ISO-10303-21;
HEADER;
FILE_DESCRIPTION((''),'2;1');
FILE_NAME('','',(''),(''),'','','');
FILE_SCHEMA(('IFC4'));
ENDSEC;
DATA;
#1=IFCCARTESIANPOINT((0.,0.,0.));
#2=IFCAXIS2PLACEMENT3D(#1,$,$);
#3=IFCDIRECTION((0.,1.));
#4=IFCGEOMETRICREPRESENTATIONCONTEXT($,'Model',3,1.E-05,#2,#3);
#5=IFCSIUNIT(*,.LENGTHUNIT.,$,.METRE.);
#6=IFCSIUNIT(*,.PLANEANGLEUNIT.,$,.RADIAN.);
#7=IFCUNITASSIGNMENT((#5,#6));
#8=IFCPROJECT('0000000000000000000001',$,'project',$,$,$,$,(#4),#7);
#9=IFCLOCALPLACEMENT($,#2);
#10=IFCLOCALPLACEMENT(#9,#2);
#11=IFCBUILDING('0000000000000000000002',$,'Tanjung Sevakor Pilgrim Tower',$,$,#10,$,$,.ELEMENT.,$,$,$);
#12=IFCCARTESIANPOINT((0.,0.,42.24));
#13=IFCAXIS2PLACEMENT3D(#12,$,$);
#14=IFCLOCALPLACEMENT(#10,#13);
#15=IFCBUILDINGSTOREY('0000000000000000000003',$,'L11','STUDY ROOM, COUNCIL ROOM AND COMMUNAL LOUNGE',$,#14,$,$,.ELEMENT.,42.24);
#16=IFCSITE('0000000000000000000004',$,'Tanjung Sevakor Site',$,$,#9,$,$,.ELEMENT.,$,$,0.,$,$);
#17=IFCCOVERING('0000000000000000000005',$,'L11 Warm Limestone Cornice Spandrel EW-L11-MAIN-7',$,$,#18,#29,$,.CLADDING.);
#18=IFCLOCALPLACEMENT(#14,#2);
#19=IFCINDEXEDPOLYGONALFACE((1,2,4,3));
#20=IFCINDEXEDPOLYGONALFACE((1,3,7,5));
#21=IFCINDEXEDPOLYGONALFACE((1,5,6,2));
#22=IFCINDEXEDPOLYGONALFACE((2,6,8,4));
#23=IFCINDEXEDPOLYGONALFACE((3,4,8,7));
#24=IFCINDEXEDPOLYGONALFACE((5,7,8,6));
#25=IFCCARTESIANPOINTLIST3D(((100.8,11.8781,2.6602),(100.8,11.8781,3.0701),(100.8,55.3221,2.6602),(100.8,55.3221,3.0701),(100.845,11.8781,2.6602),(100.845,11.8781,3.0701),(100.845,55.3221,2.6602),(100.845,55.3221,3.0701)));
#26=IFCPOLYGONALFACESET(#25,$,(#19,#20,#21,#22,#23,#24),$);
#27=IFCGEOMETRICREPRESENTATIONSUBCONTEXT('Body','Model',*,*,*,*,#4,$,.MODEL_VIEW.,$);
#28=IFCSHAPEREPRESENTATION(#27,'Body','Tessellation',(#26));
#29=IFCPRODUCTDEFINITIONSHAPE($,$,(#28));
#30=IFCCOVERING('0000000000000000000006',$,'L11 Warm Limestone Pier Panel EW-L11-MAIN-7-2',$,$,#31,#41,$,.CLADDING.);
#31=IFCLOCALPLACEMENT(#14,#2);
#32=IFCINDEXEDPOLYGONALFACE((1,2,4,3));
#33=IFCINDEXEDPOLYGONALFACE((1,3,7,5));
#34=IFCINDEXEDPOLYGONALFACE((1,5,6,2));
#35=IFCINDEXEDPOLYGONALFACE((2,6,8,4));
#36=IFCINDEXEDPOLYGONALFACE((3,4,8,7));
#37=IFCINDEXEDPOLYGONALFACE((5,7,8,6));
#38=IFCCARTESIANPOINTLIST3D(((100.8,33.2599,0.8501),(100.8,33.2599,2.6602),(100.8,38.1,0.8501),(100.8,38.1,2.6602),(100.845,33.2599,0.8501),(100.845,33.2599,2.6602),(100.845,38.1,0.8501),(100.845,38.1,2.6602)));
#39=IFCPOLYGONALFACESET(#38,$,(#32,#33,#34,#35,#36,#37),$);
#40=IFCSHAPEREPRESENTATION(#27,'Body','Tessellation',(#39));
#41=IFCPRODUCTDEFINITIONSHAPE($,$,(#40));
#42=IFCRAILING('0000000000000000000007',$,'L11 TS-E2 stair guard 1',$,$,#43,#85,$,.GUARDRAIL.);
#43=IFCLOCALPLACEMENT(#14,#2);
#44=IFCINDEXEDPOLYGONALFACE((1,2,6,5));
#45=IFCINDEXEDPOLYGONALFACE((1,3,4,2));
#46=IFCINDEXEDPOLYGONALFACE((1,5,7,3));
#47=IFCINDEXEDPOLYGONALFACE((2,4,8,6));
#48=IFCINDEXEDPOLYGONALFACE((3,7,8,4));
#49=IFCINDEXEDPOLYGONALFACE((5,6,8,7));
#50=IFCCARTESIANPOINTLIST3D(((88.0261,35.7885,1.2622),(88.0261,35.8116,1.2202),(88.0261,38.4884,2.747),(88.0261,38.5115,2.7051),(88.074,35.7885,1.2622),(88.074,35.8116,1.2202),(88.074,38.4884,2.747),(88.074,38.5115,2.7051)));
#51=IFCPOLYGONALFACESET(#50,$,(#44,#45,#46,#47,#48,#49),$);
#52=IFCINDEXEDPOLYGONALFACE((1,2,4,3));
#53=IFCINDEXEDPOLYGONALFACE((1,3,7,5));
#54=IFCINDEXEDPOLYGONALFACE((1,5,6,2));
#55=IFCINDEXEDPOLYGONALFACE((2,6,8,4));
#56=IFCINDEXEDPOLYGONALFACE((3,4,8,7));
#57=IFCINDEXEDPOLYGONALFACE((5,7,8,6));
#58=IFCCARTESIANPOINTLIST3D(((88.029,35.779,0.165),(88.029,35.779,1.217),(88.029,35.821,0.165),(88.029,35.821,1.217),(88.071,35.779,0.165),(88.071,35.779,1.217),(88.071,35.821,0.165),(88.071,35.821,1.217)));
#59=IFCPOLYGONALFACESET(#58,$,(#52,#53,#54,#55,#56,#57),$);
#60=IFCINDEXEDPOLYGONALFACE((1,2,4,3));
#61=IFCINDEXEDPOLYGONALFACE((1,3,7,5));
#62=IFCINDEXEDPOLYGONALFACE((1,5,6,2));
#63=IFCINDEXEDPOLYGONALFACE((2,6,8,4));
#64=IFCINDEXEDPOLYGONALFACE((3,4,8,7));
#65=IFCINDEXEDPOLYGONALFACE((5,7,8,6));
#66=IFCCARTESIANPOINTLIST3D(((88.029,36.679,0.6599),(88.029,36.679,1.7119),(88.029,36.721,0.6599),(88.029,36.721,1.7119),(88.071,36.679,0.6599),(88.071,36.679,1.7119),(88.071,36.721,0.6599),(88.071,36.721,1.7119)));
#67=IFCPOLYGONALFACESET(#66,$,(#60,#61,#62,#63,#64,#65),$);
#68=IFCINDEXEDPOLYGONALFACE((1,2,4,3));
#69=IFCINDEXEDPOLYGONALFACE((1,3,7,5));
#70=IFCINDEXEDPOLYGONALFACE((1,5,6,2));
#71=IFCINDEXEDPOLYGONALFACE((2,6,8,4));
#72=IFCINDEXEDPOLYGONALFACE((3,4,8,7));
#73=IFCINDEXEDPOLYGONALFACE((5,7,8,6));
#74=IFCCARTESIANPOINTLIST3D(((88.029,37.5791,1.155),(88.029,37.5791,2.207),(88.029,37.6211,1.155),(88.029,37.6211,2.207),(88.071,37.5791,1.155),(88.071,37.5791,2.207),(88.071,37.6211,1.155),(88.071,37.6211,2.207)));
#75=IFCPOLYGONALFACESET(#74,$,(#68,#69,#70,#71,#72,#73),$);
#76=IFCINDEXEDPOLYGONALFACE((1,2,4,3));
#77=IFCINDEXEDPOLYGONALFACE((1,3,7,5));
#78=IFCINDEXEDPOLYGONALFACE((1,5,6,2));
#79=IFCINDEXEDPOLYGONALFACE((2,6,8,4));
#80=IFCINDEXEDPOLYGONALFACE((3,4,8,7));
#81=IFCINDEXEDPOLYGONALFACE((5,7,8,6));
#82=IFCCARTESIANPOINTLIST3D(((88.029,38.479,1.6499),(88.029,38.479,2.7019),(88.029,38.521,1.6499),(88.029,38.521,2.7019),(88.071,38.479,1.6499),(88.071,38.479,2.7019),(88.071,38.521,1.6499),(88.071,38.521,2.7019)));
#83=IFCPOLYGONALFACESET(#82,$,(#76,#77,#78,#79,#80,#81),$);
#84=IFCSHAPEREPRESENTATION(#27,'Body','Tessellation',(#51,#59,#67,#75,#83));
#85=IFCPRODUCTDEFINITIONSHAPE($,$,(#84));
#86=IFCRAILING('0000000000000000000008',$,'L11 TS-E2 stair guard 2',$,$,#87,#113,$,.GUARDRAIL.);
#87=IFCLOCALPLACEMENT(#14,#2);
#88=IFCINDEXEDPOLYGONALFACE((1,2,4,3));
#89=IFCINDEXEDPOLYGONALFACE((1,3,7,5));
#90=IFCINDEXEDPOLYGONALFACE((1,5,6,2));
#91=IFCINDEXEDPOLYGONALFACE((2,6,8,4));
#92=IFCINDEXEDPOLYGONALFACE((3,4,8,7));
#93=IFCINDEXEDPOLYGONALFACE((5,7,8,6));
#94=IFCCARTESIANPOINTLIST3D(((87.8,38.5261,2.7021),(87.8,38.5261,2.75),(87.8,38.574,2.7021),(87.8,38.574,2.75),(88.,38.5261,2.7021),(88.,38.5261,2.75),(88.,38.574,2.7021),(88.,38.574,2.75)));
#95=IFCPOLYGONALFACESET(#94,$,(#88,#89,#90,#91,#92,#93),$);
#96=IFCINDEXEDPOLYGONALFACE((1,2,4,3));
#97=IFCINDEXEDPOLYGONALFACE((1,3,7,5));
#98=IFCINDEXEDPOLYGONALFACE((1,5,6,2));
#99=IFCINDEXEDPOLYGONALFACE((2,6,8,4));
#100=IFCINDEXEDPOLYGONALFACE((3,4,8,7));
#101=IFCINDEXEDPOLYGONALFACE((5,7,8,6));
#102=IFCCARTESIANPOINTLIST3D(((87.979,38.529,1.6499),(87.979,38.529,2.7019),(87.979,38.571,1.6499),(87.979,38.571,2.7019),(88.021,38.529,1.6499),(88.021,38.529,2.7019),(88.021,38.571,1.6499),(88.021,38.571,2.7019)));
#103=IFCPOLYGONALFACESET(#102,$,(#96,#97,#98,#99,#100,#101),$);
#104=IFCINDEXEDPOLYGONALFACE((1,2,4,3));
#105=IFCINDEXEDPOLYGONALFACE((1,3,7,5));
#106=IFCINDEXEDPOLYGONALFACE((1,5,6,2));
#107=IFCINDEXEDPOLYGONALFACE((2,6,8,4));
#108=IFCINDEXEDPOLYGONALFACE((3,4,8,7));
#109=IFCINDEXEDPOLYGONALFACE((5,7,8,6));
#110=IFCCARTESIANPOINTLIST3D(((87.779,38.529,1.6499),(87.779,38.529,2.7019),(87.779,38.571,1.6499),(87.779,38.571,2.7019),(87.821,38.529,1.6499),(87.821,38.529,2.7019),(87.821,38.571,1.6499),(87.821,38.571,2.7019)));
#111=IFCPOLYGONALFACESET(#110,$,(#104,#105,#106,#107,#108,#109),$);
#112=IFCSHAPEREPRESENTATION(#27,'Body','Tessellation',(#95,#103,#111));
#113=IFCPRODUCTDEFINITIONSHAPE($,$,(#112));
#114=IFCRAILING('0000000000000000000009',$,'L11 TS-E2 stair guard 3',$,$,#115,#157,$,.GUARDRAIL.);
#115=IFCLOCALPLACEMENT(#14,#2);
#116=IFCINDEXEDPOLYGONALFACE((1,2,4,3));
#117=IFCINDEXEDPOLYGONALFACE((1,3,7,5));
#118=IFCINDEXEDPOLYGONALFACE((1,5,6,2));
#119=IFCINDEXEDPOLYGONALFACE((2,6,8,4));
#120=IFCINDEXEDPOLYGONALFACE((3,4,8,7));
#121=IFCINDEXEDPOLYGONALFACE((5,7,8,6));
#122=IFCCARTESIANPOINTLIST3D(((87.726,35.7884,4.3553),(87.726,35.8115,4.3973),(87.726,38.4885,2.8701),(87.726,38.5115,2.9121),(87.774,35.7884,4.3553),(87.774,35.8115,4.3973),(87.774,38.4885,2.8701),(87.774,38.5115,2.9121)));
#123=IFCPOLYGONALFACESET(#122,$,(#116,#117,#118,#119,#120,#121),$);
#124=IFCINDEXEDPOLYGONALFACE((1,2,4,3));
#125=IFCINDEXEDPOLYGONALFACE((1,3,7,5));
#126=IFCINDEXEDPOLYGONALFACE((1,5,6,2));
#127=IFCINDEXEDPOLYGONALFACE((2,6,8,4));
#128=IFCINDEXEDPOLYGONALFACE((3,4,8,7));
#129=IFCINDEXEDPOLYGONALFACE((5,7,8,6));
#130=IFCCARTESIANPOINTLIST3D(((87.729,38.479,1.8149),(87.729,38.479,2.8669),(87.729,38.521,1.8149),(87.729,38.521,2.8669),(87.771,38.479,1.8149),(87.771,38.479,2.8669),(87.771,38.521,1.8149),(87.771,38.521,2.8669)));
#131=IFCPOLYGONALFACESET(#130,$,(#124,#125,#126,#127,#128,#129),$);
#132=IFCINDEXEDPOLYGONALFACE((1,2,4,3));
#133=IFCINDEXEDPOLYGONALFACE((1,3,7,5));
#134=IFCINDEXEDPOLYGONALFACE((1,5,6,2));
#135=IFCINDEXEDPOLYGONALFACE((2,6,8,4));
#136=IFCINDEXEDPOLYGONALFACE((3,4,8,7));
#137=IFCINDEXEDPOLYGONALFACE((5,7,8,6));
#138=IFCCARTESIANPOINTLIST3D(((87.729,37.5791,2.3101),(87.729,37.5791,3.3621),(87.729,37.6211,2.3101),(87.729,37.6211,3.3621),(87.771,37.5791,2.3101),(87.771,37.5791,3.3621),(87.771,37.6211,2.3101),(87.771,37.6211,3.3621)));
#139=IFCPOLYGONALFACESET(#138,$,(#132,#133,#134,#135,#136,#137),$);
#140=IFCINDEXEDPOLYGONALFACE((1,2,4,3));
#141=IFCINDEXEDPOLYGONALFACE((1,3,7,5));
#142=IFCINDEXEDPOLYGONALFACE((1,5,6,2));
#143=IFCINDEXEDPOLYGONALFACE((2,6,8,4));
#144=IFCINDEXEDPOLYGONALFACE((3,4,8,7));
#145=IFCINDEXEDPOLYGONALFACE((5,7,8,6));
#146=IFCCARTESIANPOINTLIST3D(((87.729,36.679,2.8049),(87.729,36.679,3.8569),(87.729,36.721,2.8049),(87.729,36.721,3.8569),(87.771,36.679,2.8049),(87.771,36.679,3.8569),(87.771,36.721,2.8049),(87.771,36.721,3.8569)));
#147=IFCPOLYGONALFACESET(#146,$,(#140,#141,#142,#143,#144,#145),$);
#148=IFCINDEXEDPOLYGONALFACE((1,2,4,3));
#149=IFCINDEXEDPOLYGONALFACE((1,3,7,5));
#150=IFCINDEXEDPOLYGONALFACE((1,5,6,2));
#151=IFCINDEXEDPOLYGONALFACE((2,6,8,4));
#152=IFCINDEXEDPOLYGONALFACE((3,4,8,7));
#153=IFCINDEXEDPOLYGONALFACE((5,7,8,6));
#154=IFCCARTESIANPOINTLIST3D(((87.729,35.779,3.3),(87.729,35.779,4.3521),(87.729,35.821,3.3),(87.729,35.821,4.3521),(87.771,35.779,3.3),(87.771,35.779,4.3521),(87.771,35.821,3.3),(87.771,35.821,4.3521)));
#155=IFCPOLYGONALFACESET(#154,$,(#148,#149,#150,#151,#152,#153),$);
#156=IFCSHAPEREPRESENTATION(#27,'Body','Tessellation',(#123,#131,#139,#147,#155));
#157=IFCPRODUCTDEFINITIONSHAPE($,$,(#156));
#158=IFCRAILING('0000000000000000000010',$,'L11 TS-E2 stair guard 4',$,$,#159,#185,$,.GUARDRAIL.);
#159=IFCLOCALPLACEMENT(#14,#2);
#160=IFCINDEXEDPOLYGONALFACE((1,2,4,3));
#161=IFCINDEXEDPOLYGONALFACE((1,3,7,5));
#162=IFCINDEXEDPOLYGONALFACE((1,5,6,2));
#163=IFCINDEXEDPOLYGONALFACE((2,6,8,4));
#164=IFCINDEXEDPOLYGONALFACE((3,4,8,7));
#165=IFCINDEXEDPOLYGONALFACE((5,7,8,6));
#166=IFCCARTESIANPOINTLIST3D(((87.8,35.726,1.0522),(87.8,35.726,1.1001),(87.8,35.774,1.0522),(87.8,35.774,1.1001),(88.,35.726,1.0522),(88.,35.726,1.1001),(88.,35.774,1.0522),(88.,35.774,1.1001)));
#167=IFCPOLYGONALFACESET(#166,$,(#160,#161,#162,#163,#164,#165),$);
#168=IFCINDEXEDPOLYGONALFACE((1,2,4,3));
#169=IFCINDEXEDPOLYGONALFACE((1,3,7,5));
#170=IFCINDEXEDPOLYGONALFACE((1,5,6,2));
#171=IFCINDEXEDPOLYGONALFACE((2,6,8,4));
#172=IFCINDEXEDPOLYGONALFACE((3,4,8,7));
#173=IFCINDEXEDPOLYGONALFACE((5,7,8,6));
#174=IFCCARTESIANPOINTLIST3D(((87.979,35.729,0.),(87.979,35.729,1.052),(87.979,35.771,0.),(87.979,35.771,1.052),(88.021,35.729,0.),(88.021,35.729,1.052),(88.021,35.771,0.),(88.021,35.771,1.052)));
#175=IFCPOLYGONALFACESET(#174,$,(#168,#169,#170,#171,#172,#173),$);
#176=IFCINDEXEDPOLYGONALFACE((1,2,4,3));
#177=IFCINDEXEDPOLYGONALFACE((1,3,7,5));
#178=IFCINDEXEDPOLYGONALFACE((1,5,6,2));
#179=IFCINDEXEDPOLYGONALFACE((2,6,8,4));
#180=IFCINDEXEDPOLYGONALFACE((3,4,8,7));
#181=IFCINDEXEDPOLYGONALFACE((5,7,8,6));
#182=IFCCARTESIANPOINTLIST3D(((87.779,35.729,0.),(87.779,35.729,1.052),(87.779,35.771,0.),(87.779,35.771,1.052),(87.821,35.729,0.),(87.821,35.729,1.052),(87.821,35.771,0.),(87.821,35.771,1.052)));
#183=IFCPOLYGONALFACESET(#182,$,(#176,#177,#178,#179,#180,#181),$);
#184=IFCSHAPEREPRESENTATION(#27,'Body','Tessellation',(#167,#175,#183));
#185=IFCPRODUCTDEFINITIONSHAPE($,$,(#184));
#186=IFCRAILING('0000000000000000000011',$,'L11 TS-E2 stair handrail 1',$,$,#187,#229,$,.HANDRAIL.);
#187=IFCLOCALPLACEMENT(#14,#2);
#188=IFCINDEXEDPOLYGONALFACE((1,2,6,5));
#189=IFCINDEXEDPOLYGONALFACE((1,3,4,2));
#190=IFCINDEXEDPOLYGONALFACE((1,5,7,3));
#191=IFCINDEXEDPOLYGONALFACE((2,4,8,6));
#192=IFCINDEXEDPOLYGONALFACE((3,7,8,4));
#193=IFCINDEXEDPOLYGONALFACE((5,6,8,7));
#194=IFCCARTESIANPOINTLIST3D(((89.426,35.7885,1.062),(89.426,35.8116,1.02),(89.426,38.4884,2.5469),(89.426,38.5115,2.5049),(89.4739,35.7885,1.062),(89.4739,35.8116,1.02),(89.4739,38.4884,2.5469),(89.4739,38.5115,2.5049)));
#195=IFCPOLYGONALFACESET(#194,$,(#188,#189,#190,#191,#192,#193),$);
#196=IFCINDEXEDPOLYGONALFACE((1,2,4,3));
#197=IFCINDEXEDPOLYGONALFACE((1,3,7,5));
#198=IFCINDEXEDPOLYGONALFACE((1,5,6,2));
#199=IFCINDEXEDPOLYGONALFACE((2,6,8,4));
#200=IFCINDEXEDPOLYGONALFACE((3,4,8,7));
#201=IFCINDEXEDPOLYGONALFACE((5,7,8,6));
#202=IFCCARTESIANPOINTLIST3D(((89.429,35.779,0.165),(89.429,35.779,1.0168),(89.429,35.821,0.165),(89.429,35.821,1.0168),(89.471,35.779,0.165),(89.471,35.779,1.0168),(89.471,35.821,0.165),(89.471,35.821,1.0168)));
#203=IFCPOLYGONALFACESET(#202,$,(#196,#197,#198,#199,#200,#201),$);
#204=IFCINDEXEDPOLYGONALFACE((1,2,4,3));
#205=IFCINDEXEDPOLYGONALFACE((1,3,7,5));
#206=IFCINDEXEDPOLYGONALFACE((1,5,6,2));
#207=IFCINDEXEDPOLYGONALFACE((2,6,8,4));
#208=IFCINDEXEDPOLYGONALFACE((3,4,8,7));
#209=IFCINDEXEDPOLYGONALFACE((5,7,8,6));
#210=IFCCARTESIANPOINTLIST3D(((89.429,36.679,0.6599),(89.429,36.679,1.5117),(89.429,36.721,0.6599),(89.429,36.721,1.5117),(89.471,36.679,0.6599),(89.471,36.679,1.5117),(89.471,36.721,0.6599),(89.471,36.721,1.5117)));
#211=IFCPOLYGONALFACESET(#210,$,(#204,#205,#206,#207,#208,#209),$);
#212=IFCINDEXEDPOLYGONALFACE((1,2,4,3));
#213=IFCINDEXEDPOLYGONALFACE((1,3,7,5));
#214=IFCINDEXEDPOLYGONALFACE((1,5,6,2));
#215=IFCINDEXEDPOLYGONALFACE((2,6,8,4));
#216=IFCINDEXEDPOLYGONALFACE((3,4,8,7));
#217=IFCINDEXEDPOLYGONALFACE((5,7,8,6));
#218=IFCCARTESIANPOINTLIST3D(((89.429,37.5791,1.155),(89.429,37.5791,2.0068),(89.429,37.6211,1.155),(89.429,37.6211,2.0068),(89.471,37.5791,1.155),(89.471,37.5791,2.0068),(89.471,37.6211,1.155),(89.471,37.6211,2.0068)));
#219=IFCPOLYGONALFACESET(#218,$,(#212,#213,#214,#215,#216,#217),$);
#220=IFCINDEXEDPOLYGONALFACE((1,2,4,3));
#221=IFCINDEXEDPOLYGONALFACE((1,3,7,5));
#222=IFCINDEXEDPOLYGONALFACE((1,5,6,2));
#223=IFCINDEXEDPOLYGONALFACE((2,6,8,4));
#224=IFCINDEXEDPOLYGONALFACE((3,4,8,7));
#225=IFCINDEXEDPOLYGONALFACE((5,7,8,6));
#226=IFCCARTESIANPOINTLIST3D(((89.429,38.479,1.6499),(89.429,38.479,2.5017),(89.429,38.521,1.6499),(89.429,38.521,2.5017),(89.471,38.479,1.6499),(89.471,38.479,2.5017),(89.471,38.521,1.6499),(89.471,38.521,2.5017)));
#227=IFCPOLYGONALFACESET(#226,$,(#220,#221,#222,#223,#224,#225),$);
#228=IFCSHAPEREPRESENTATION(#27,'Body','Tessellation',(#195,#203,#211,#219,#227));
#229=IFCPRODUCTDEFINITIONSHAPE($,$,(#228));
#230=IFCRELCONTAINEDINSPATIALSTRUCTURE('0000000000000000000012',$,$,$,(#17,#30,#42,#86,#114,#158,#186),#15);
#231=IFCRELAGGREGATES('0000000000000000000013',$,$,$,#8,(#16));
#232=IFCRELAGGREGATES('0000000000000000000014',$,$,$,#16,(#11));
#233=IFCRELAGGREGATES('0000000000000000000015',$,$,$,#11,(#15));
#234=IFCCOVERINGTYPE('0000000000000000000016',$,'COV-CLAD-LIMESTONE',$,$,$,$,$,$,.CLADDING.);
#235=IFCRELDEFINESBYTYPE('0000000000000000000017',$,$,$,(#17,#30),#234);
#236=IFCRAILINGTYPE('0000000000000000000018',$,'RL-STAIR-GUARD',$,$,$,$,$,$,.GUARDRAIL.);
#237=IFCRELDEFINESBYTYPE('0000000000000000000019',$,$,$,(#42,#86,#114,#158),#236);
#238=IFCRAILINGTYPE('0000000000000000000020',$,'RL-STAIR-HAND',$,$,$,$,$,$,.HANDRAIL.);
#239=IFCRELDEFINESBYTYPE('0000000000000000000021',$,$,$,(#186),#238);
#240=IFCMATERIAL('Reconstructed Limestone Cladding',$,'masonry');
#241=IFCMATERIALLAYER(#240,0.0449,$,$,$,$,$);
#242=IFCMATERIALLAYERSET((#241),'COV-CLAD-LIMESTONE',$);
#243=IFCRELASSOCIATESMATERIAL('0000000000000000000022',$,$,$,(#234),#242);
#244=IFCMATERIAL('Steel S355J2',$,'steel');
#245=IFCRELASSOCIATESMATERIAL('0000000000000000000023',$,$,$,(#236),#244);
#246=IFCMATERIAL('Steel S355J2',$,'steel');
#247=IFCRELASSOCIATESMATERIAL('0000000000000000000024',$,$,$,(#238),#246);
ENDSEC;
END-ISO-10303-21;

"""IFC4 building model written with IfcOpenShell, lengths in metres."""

from ifc_helpers import new_model, si_unit, direction, frame, origin, origin_2d, place, context, subcontext, project, spatial, rectangle, extrude, material, layer, layer_set, type_object, element, save


model = new_model("IFC4")

# Units and contexts
model_context = context("Model", 3, precision=1e-05, world=origin(), true_north=direction((0.0, 1.0)))
body_context = subcontext(model_context, "Body", "Model", "MODEL_VIEW")
ifc_project = project(units=[si_unit("LENGTHUNIT", "METRE"), si_unit("PLANEANGLEUNIT", "RADIAN")], contexts=[model_context])

# Site, building, storey
site_placement = place(None, origin())
site = spatial("IfcSite", under=ifc_project, at=site_placement, Name="Tanjung Sevakor Site", CompositionType="ELEMENT", RefElevation=0.0)
building_placement = place(site_placement, origin())
building = spatial("IfcBuilding", under=site, at=building_placement, Name="Tanjung Sevakor Pilgrim Tower", CompositionType="ELEMENT")
storey_placement = place(building_placement, frame((0.0, 0.0, 42.24)))
storey = spatial("IfcBuildingStorey", under=building, at=storey_placement, Name="L11", Description="STUDY ROOM, COUNCIL ROOM AND COMMUNAL LOUNGE", CompositionType="ELEMENT", Elevation=42.24)

# Coverings
ifc_material_1 = material(Name="Reconstructed Limestone Cladding", Category="masonry")
ifc_layer_1 = layer(ifc_material_1, 0.0449)
ifc_layer_set_1 = layer_set([ifc_layer_1], Name="COV-CLAD-LIMESTONE")
covering_type = type_object("IfcCoveringType", Name="COV-CLAD-LIMESTONE", PredefinedType="CLADDING", material=ifc_layer_set_1)
covering_1_placement = place(storey_placement, frame((100.8225, 33.6001, 2.6602), z_axis=(0.0, 0.0, 1.0), x_axis=(0.0, 1.0, 0.0)))
element("IfcCovering", 1, at=covering_1_placement, inside=storey, type_object=covering_type, Name="L11 Warm Limestone Cornice Spandrel EW-L11-MAIN-7", PredefinedType="CLADDING", context=body_context, shape_type="SweptSolid", body=[
    extrude(rectangle(XDim=43.4441, YDim=0.0449, at=origin_2d()), origin(), (0.0, 0.0, 1.0), 0.4099),
])
covering_2_placement = place(storey_placement, frame((100.8225, 35.6799, 0.8501), z_axis=(0.0, 0.0, 1.0), x_axis=(0.0, 1.0, 0.0)))
element("IfcCovering", 2, at=covering_2_placement, inside=storey, type_object=covering_type, Name="L11 Warm Limestone Pier Panel EW-L11-MAIN-7-2", PredefinedType="CLADDING", context=body_context, shape_type="SweptSolid", body=[
    extrude(rectangle(XDim=4.8401, YDim=0.0449, at=origin_2d()), origin(), (0.0, 0.0, 1.0), 1.8101),
])

# Railings
ifc_material_2 = material(Name="Steel S355J2", Category="steel")
railing_type_1 = type_object("IfcRailingType", Name="RL-STAIR-GUARD", PredefinedType="GUARDRAIL", material=ifc_material_2)
railing_1_placement = place(storey_placement, frame((88.05, 35.8, 0.165)))
element("IfcRailing", 3, at=railing_1_placement, inside=storey, type_object=railing_type_1, Name="L11 TS-E2 stair guard 1", PredefinedType="GUARDRAIL", context=body_context, shape_type="SweptSolid", body=[
    extrude(rectangle(XDim=0.0479, YDim=0.0479), frame((0.0, 0.0, 1.0762), z_axis=(0.0, 0.876231, 0.481891), x_axis=(-1.0, 0.0, 0.0)), (0.0, 0.0, 1.0), 3.0813),
    extrude(rectangle(XDim=0.042, YDim=0.042), origin(), (0.0, 0.0, 1.0), 1.052),
    extrude(rectangle(XDim=0.042, YDim=0.042), frame((0.0, 0.8999, 0.4949)), (0.0, 0.0, 1.0), 1.052),
    extrude(rectangle(XDim=0.042, YDim=0.042), frame((0.0, 1.8, 0.99)), (0.0, 0.0, 1.0), 1.052),
    extrude(rectangle(XDim=0.042, YDim=0.042), frame((0.0, 2.7, 1.4849)), (0.0, 0.0, 1.0), 1.052),
])
railing_2_placement = place(storey_placement, frame((88.0, 38.55, 1.6499)))
element("IfcRailing", 4, at=railing_2_placement, inside=storey, type_object=railing_type_1, Name="L11 TS-E2 stair guard 2", PredefinedType="GUARDRAIL", context=body_context, shape_type="SweptSolid", body=[
    extrude(rectangle(XDim=0.0479, YDim=0.0479), frame((0.0, 0.0, 1.0762), z_axis=(-1.0, 0.0, 0.0), x_axis=(0.0, -1.0, 0.0)), (0.0, 0.0, 1.0), 0.2),
    extrude(rectangle(XDim=0.042, YDim=0.042), origin(), (0.0, 0.0, 1.0), 1.052),
    extrude(rectangle(XDim=0.042, YDim=0.042), frame((-0.2, 0.0, 0.0)), (0.0, 0.0, 1.0), 1.052),
])
railing_3_placement = place(storey_placement, frame((87.75, 38.5, 1.8149)))
element("IfcRailing", 5, at=railing_3_placement, inside=storey, type_object=railing_type_1, Name="L11 TS-E2 stair guard 3", PredefinedType="GUARDRAIL", context=body_context, shape_type="SweptSolid", body=[
    extrude(rectangle(XDim=0.0479, YDim=0.0479), frame((0.0, 0.0, 1.0762), z_axis=(0.0, -0.876198, 0.481952), x_axis=(1.0, 0.0, 0.0)), (0.0, 0.0, 1.0), 3.0815),
    extrude(rectangle(XDim=0.042, YDim=0.042), origin(), (0.0, 0.0, 1.0), 1.052),
    extrude(rectangle(XDim=0.042, YDim=0.042), frame((0.0, -0.8999, 0.4951)), (0.0, 0.0, 1.0), 1.052),
    extrude(rectangle(XDim=0.042, YDim=0.042), frame((0.0, -1.8, 0.99)), (0.0, 0.0, 1.0), 1.052),
    extrude(rectangle(XDim=0.042, YDim=0.042), frame((0.0, -2.7, 1.4851)), (0.0, 0.0, 1.0), 1.052),
])
railing_4_placement = place(storey_placement, frame((88.0, 35.75, 0.0)))
element("IfcRailing", 6, at=railing_4_placement, inside=storey, type_object=railing_type_1, Name="L11 TS-E2 stair guard 4", PredefinedType="GUARDRAIL", context=body_context, shape_type="SweptSolid", body=[
    extrude(rectangle(XDim=0.0479, YDim=0.0479), frame((0.0, 0.0, 1.0762), z_axis=(-1.0, 0.0, 0.0), x_axis=(0.0, -1.0, 0.0)), (0.0, 0.0, 1.0), 0.2),
    extrude(rectangle(XDim=0.042, YDim=0.042), origin(), (0.0, 0.0, 1.0), 1.052),
    extrude(rectangle(XDim=0.042, YDim=0.042), frame((-0.2, 0.0, 0.0)), (0.0, 0.0, 1.0), 1.052),
])
ifc_material_3 = material(Name="Steel S355J2", Category="steel")
railing_type_2 = type_object("IfcRailingType", Name="RL-STAIR-HAND", PredefinedType="HANDRAIL", material=ifc_material_3)
railing_5_placement = place(storey_placement, frame((89.45, 35.8, 0.165)))
element("IfcRailing", 7, at=railing_5_placement, inside=storey, type_object=railing_type_2, Name="L11 TS-E2 stair handrail 1", PredefinedType="HANDRAIL", context=body_context, shape_type="SweptSolid", body=[
    extrude(rectangle(XDim=0.0479, YDim=0.0479), frame((0.0, 0.0, 0.876), z_axis=(0.0, 0.876231, 0.481891), x_axis=(-1.0, 0.0, 0.0)), (0.0, 0.0, 1.0), 3.0813),
    extrude(rectangle(XDim=0.042, YDim=0.042), origin(), (0.0, 0.0, 1.0), 0.8518),
    extrude(rectangle(XDim=0.042, YDim=0.042), frame((0.0, 0.8999, 0.4949)), (0.0, 0.0, 1.0), 0.8518),
    extrude(rectangle(XDim=0.042, YDim=0.042), frame((0.0, 1.8, 0.99)), (0.0, 0.0, 1.0), 0.8518),
    extrude(rectangle(XDim=0.042, YDim=0.042), frame((0.0, 2.7, 1.4849)), (0.0, 0.0, 1.0), 0.8518),
])

save(model, "model.ifc")
